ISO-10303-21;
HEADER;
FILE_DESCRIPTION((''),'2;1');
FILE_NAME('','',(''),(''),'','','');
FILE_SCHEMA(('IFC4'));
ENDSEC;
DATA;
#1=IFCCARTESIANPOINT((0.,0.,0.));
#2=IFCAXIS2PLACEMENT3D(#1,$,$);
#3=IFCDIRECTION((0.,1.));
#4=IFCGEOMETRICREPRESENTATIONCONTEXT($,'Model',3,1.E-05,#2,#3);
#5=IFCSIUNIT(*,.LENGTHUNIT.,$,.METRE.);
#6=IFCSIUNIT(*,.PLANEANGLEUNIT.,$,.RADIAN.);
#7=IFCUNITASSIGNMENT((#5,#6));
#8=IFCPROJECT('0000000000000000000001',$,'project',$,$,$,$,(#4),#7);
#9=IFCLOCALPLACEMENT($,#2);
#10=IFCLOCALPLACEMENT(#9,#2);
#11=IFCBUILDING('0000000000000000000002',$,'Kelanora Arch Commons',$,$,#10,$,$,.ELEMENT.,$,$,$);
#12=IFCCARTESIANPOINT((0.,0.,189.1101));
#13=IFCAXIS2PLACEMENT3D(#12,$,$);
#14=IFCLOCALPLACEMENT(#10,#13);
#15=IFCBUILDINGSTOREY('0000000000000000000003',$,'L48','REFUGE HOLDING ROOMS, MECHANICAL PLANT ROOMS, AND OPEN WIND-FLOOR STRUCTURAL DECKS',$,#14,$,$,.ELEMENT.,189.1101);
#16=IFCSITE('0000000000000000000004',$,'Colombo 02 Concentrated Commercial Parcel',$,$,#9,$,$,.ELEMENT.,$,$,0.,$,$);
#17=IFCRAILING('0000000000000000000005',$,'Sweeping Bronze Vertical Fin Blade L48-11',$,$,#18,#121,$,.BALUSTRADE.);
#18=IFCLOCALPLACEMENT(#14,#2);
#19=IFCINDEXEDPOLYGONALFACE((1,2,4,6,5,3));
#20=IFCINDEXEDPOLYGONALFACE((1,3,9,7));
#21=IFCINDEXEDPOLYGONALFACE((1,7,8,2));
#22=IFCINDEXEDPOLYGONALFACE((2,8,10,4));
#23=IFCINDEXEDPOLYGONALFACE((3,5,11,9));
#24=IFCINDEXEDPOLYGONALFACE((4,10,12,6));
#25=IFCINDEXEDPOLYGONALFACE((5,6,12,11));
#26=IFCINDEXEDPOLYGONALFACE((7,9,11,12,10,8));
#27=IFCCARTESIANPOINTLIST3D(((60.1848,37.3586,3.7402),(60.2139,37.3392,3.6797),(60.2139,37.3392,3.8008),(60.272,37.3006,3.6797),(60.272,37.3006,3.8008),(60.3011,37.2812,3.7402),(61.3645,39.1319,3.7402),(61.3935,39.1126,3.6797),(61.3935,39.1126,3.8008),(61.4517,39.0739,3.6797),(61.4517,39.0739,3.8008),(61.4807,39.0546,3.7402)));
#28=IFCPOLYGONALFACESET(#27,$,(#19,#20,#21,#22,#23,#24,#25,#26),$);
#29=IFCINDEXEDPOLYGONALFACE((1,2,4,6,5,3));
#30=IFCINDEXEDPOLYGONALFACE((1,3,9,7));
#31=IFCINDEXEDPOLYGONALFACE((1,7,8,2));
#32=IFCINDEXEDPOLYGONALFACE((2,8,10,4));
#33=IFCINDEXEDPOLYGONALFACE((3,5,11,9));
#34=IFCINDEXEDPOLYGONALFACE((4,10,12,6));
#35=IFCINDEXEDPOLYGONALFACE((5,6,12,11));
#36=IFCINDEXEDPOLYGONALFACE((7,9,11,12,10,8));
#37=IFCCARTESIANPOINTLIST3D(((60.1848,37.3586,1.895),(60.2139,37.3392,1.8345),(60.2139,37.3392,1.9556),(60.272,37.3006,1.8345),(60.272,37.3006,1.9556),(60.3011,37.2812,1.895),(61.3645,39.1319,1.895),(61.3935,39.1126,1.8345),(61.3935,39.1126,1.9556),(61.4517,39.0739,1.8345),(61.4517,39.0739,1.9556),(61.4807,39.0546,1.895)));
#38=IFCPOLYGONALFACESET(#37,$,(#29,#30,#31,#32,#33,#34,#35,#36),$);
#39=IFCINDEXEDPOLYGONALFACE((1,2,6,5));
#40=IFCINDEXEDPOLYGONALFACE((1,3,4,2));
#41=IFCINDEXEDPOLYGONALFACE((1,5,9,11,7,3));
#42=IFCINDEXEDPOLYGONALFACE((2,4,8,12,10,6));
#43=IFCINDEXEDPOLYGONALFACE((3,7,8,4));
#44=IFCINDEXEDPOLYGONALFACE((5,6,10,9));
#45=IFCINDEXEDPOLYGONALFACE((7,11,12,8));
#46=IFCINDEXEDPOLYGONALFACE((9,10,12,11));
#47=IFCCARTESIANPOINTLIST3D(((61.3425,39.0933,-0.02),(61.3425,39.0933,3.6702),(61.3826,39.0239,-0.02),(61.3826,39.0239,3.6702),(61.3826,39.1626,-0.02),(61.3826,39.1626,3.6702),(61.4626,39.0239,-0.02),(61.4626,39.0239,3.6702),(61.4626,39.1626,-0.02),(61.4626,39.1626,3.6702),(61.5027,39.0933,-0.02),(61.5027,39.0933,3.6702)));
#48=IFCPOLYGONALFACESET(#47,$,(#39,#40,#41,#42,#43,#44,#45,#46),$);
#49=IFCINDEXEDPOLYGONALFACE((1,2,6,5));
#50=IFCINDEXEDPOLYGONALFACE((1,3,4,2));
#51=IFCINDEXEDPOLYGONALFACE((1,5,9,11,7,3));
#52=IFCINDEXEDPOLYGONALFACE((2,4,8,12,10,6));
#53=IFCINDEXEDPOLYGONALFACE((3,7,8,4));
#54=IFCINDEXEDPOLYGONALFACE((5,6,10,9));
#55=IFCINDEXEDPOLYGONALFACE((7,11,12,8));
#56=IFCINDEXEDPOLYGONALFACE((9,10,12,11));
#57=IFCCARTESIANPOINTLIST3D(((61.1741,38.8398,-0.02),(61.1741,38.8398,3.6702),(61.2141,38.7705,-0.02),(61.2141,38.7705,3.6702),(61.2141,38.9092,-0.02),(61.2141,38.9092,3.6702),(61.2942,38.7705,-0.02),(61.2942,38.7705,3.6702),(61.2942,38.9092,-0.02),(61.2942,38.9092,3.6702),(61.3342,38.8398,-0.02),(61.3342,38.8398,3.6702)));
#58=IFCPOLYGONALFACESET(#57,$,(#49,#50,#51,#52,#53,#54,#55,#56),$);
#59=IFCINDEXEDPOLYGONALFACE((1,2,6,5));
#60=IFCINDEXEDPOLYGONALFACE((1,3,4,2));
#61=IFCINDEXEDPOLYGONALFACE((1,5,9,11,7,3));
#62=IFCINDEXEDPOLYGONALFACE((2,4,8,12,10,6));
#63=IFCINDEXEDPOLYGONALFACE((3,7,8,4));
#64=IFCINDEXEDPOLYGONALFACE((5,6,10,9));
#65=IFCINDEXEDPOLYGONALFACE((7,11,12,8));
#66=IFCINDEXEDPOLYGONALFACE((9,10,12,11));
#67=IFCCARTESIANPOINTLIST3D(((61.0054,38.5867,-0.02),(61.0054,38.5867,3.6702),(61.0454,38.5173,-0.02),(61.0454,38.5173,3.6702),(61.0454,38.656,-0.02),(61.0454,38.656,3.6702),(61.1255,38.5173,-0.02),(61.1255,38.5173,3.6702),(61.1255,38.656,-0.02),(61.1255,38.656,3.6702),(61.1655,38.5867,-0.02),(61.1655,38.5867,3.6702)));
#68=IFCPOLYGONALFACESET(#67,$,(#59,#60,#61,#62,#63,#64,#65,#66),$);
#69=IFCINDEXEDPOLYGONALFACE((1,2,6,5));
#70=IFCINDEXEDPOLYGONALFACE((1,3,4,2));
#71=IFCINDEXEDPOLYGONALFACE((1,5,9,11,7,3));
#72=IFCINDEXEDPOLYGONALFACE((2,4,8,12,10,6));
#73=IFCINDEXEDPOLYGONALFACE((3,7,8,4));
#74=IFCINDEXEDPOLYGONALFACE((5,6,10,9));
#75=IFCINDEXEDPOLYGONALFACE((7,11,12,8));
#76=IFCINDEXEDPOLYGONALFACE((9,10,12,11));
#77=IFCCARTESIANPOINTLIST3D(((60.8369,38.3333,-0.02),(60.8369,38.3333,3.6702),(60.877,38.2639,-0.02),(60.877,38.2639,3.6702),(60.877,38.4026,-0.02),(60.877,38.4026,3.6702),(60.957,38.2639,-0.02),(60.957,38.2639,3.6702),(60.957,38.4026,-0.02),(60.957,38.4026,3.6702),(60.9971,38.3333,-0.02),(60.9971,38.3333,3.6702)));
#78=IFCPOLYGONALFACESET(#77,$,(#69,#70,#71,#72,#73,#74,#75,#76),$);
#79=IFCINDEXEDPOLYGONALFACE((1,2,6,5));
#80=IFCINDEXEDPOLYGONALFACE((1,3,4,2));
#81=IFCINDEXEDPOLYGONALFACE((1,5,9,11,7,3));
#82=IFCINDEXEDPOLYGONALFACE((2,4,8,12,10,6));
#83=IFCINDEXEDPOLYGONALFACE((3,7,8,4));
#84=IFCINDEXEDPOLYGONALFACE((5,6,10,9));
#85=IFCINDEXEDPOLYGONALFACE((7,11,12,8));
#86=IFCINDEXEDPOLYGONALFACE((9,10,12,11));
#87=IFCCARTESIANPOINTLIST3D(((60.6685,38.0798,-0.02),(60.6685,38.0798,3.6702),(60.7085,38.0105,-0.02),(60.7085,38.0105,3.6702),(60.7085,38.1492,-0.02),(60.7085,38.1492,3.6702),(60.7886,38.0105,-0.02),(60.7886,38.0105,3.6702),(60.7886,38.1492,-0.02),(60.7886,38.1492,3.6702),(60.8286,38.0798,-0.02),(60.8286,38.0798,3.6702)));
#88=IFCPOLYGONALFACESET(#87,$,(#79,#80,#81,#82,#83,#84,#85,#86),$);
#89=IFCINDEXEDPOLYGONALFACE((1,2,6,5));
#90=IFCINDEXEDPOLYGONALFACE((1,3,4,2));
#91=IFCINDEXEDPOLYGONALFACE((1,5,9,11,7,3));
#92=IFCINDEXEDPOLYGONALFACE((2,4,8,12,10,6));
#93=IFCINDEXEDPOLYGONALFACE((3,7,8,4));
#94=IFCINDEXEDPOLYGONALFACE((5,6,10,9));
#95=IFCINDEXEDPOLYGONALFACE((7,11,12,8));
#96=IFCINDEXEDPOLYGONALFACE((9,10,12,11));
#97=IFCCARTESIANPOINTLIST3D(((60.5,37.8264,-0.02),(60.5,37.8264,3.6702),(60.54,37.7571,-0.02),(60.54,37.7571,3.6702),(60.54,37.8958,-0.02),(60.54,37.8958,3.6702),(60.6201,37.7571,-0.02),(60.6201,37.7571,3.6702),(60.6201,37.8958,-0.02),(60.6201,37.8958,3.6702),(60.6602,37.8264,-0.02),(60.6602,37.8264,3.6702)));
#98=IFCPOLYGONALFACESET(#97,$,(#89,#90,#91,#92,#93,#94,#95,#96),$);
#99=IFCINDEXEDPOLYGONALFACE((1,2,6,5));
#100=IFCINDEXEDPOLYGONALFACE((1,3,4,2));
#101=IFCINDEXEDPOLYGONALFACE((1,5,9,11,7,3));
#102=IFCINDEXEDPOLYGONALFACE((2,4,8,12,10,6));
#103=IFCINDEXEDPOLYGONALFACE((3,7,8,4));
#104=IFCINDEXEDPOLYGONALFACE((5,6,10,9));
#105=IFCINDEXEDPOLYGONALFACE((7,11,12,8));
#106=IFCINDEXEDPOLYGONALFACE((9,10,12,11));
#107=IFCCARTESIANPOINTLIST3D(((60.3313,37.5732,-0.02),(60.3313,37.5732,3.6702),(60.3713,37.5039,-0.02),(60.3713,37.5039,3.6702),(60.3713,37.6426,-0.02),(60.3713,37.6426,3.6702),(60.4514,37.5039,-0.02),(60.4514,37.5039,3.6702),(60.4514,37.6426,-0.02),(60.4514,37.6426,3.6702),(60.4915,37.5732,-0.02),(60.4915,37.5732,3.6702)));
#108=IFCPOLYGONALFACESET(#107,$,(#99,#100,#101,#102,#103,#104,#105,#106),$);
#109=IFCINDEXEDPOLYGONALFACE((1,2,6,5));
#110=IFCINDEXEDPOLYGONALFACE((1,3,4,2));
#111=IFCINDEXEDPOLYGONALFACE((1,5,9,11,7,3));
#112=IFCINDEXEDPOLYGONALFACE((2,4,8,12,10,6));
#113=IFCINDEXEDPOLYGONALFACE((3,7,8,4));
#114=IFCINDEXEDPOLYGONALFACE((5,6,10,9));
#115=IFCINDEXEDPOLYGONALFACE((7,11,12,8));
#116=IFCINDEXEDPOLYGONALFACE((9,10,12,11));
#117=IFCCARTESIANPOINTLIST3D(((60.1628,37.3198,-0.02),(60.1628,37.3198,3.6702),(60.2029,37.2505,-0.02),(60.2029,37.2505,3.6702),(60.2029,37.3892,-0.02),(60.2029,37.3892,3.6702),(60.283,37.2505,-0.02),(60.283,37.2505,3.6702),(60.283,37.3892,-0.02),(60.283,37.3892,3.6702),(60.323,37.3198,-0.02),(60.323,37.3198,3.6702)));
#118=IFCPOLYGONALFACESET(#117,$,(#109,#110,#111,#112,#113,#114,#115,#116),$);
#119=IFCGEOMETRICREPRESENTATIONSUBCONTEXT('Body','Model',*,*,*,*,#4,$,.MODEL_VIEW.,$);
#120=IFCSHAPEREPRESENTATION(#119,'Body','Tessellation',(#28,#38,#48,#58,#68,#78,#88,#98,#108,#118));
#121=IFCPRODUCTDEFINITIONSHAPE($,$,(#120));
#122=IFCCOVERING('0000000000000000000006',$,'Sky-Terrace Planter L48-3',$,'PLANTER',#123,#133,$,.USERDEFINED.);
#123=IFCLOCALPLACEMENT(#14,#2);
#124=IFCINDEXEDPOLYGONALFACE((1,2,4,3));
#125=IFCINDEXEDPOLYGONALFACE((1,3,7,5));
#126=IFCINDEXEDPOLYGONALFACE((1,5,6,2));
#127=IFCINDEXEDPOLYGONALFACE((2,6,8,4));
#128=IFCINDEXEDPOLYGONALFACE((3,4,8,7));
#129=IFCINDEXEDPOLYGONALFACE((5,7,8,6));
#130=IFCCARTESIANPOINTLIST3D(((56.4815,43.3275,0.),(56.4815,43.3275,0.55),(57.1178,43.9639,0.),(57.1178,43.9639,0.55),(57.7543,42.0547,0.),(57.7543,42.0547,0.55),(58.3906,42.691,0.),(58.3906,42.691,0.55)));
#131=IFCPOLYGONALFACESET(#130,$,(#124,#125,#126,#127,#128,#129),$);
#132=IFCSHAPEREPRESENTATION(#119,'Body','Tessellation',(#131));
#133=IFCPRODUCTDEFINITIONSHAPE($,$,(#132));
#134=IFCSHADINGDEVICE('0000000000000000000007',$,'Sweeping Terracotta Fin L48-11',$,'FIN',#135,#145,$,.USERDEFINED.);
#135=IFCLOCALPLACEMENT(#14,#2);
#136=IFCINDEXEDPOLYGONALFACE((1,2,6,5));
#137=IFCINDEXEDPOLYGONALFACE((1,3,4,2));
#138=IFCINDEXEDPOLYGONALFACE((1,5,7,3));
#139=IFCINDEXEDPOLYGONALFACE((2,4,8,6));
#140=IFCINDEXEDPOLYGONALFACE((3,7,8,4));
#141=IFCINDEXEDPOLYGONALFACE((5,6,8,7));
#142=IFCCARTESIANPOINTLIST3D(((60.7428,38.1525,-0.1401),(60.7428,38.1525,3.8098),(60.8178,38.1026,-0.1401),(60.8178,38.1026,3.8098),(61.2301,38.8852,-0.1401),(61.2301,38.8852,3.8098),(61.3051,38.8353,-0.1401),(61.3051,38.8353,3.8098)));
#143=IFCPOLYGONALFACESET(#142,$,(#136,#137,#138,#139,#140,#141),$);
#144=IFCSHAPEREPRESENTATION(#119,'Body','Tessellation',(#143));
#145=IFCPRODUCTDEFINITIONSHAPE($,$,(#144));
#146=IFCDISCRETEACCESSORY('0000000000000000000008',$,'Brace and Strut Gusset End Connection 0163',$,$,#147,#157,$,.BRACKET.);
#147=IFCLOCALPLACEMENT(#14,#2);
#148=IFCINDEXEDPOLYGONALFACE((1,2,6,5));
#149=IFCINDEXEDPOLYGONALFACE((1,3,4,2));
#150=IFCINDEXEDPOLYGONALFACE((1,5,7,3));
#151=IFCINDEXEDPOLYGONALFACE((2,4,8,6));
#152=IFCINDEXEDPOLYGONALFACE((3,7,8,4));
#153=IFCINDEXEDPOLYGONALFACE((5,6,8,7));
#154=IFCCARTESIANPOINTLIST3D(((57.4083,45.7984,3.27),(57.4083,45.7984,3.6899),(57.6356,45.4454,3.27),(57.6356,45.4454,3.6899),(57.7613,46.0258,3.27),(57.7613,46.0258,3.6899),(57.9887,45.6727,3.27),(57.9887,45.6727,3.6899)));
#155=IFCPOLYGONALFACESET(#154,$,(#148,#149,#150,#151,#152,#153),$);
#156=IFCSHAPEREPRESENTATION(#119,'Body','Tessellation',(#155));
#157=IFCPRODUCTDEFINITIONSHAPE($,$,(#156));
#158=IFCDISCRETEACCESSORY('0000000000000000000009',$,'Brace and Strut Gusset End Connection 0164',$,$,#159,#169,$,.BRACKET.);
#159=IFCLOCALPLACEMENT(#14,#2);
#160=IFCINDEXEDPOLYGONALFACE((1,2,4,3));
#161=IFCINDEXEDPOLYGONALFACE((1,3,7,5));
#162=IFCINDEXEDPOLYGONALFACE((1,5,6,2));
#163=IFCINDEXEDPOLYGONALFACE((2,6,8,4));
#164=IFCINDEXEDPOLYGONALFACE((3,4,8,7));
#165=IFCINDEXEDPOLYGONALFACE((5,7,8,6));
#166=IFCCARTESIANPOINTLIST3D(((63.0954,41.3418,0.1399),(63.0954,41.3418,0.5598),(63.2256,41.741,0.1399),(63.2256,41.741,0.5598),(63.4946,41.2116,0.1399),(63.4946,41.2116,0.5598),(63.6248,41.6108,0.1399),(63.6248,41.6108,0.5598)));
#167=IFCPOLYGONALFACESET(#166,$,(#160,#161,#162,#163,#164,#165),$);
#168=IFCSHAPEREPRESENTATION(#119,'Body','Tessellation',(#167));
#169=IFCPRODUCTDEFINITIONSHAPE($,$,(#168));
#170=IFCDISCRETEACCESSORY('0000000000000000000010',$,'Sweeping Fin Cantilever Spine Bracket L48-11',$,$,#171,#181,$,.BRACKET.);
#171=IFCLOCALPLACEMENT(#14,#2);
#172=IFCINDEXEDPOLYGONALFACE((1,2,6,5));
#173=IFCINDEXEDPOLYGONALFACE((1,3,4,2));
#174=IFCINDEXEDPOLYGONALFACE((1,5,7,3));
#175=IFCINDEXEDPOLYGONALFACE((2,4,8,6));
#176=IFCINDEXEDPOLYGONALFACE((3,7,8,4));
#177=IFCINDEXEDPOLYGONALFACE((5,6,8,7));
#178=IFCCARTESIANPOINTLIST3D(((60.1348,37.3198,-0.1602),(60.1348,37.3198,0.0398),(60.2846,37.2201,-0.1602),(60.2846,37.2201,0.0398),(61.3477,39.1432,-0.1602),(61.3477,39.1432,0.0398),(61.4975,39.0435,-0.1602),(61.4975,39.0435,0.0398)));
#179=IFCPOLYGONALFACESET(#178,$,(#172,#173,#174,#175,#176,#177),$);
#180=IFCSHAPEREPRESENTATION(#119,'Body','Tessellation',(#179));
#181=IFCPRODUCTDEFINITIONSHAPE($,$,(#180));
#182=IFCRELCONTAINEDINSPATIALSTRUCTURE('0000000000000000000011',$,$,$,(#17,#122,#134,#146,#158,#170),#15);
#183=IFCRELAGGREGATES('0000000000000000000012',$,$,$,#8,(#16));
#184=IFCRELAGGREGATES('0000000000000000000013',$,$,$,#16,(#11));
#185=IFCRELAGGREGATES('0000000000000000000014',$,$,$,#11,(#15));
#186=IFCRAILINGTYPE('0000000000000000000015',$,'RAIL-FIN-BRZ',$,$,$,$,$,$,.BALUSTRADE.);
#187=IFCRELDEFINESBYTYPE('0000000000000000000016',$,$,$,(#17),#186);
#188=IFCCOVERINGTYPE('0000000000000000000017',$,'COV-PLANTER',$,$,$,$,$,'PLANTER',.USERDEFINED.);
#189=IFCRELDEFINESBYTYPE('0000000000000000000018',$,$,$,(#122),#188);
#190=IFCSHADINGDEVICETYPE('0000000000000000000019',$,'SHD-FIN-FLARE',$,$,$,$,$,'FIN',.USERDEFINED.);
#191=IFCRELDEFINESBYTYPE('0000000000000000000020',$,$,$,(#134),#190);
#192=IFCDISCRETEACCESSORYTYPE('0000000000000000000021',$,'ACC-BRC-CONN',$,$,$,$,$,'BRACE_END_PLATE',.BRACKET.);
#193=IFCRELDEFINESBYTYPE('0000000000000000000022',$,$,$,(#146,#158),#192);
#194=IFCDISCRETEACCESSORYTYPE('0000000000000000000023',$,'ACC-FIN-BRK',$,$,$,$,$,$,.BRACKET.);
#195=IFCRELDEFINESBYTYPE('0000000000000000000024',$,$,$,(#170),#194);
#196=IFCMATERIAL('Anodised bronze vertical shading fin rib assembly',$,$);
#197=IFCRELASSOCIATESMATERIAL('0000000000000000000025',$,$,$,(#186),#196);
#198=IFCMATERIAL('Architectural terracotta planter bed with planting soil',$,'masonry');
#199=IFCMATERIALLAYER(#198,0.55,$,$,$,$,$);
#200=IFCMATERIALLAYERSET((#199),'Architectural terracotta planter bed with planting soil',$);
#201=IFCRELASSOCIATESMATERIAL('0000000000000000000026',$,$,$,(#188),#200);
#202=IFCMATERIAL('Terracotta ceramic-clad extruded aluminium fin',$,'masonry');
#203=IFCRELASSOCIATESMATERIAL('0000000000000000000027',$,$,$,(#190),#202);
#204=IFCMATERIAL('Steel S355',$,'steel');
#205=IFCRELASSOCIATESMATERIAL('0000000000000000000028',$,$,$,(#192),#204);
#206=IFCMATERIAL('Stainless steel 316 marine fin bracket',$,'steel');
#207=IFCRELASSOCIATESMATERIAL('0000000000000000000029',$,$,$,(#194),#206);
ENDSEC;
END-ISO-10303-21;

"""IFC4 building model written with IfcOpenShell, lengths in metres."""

from ifc_helpers import new_model, si_unit, direction, frame, origin, origin_2d, place, context, subcontext, project, spatial, polyline, rectangle, outline, extrude, source, transform, mapped, material, layer, layer_set, type_object, element, save


model = new_model("IFC4")

# Units and contexts
model_context = context("Model", 3, precision=1e-05, world=origin(), true_north=direction((0.0, 1.0)))
body_context = subcontext(model_context, "Body", "Model", "MODEL_VIEW")
ifc_project = project(units=[si_unit("LENGTHUNIT", "METRE"), si_unit("PLANEANGLEUNIT", "RADIAN")], contexts=[model_context])

# Site, building, storey
site_placement = place(None, origin())
site = spatial("IfcSite", under=ifc_project, at=site_placement, Name="Colombo 02 Concentrated Commercial Parcel", CompositionType="ELEMENT", RefElevation=0.0)
building_placement = place(site_placement, origin())
building = spatial("IfcBuilding", under=site, at=building_placement, Name="Kelanora Arch Commons", CompositionType="ELEMENT")
storey_placement = place(building_placement, frame((0.0, 0.0, 189.1101)))
storey = spatial("IfcBuildingStorey", under=building, at=storey_placement, Name="L48", Description="REFUGE HOLDING ROOMS, MECHANICAL PLANT ROOMS, AND OPEN WIND-FLOOR STRUCTURAL DECKS", CompositionType="ELEMENT", Elevation=189.1101)

# Shared definitions
ifc_material_1 = material(Name="Steel S355", Category="steel")

# Railing
ifc_material_2 = material(Name="Anodised bronze vertical shading fin rib assembly")
railing_type = type_object("IfcRailingType", Name="RAIL-FIN-BRZ", PredefinedType="BALUSTRADE", material=ifc_material_2)
railing_placement = place(storey_placement, frame((61.4226, 39.0933, -0.02)))
element("IfcRailing", 1, at=railing_placement, inside=storey, type_object=railing_type, Name="Sweeping Bronze Vertical Fin Blade L48-11", PredefinedType="BALUSTRADE", context=body_context, shape_type="SweptSolid", body=[
    extrude(outline(polyline([(0.0698, 0.0), (0.0349, 0.0605), (-0.0349, 0.0605), (-0.0698, 0.0), (-0.0349, -0.0605), (0.0349, -0.0605), (0.0698, 0.0)])), frame((0.0, 0.0, 3.7603), z_axis=(-0.553853, -0.832614, 0.0), x_axis=(0.832614, -0.553853, 0.0)), (0.0, 0.0, 1.0), 2.1299),
    extrude(outline(polyline([(0.0698, 0.0), (0.0349, 0.0605), (-0.0349, 0.0605), (-0.0698, 0.0), (-0.0349, -0.0605), (0.0349, -0.0605), (0.0698, 0.0)])), frame((0.0, 0.0, 1.915), z_axis=(-0.553853, -0.832614, 0.0), x_axis=(0.832614, -0.553853, 0.0)), (0.0, 0.0, 1.0), 2.1299),
    extrude(outline(polyline([(0.0801, 0.0), (0.04, 0.0693), (-0.04, 0.0693), (-0.0801, 0.0), (-0.04, -0.0693), (0.04, -0.0693), (0.0801, 0.0)])), origin(), (0.0, 0.0, 1.0), 3.6902),
    extrude(outline(polyline([(0.0801, 0.0), (0.04, 0.0693), (-0.04, 0.0693), (-0.0801, 0.0), (-0.04, -0.0693), (0.04, -0.0693), (0.0801, 0.0)])), frame((-0.1685, -0.2534, 0.0)), (0.0, 0.0, 1.0), 3.6902),
    extrude(outline(polyline([(0.0801, 0.0), (0.04, 0.0693), (-0.04, 0.0693), (-0.0801, 0.0), (-0.04, -0.0693), (0.04, -0.0693), (0.0801, 0.0)])), frame((-0.3372, -0.5066, 0.0)), (0.0, 0.0, 1.0), 3.6902),
    extrude(outline(polyline([(0.0801, 0.0), (0.04, 0.0693), (-0.04, 0.0693), (-0.0801, 0.0), (-0.04, -0.0693), (0.04, -0.0693), (0.0801, 0.0)])), frame((-0.5056, -0.76, 0.0)), (0.0, 0.0, 1.0), 3.6902),
    extrude(outline(polyline([(0.0801, 0.0), (0.04, 0.0693), (-0.04, 0.0693), (-0.0801, 0.0), (-0.04, -0.0693), (0.04, -0.0693), (0.0801, 0.0)])), frame((-0.6741, -1.0134, 0.0)), (0.0, 0.0, 1.0), 3.6902),
    extrude(outline(polyline([(0.0801, 0.0), (0.04, 0.0693), (-0.04, 0.0693), (-0.0801, 0.0), (-0.04, -0.0693), (0.04, -0.0693), (0.0801, 0.0)])), frame((-0.8425, -1.2668, 0.0)), (0.0, 0.0, 1.0), 3.6902),
    extrude(outline(polyline([(0.0801, 0.0), (0.04, 0.0693), (-0.04, 0.0693), (-0.0801, 0.0), (-0.04, -0.0693), (0.04, -0.0693), (0.0801, 0.0)])), frame((-1.0112, -1.52, 0.0)), (0.0, 0.0, 1.0), 3.6902),
    extrude(outline(polyline([(0.0801, 0.0), (0.04, 0.0693), (-0.04, 0.0693), (-0.0801, 0.0), (-0.04, -0.0693), (0.04, -0.0693), (0.0801, 0.0)])), frame((-1.1797, -1.7734, 0.0)), (0.0, 0.0, 1.0), 3.6902),
])

# Covering
ifc_material_3 = material(Name="Architectural terracotta planter bed with planting soil", Category="masonry")
ifc_layer_1 = layer(ifc_material_3, 0.55)
ifc_layer_set_1 = layer_set([ifc_layer_1], Name="Architectural terracotta planter bed with planting soil")
covering_type = type_object("IfcCoveringType", Name="COV-PLANTER", ElementType="PLANTER", PredefinedType="USERDEFINED", material=ifc_layer_set_1)
shared_shape_1 = source(origin(), body_context, "Body", "SweptSolid", [
    extrude(rectangle(XDim=1.8, YDim=0.8999, at=origin_2d()), origin(), (0.0, 0.0, 1.0), 0.55),
])
covering_placement = place(storey_placement, frame((57.436, 43.0093, 0.0), z_axis=(0.0, 0.0, 1.0), x_axis=(0.707107, -0.707107, 0.0)))
element("IfcCovering", 2, at=covering_placement, inside=storey, type_object=covering_type, Name="Sky-Terrace Planter L48-3", ObjectType="PLANTER", PredefinedType="USERDEFINED", context=body_context, shape_type="MappedRepresentation", body=[
    mapped(shared_shape_1, transform((0.0, 0.0, 0.0), scale=1.0)),
])

# Shading device
ifc_material_4 = material(Name="Terracotta ceramic-clad extruded aluminium fin", Category="masonry")
shading_device_type = type_object("IfcShadingDeviceType", Name="SHD-FIN-FLARE", ElementType="FIN", PredefinedType="USERDEFINED", material=ifc_material_4)
shared_shape_2 = source(origin(), body_context, "Body", "SweptSolid", [
    extrude(rectangle(XDim=0.8799, YDim=0.0901, at=origin_2d()), origin(), (0.0, 0.0, 1.0), 3.95),
])
shading_device_placement = place(storey_placement, frame((61.0239, 38.4939, -0.1401), z_axis=(0.0, 0.0, 1.0), x_axis=(-0.553828, -0.832631, 0.0)))
element("IfcShadingDevice", 3, at=shading_device_placement, inside=storey, type_object=shading_device_type, Name="Sweeping Terracotta Fin L48-11", ObjectType="FIN", PredefinedType="USERDEFINED", context=body_context, shape_type="MappedRepresentation", body=[
    mapped(shared_shape_2, transform((0.0, 0.0, 0.0), scale=1.0)),
])

# Discrete accessories
discrete_accessory_type_1 = type_object("IfcDiscreteAccessoryType", Name="ACC-BRC-CONN", ElementType="BRACE_END_PLATE", PredefinedType="BRACKET", material=ifc_material_1)
shared_shape_3 = source(origin(), body_context, "Body", "SweptSolid", [
    extrude(rectangle(XDim=0.4199, YDim=0.4199, at=origin_2d()), origin(), (0.0, 0.0, 1.0), 0.4199),
])
for number, where, z_axis, x_axis, name in (
    (4, (57.6985, 45.7356, 3.27), (0.0, 0.0, 1.0), (0.541415, -0.840756, 0.0), "Brace and Strut Gusset End Connection 0163"),
    (5, (63.3601, 41.4763, 0.1399), (0.0, 0.0, 1.0), (0.950678, -0.310179, 0.0), "Brace and Strut Gusset End Connection 0164"),
):
    element("IfcDiscreteAccessory", number, at=place(storey_placement, frame(where, z_axis=z_axis, x_axis=x_axis)), inside=storey, type_object=discrete_accessory_type_1, Name=name, PredefinedType="BRACKET", context=body_context, shape_type="MappedRepresentation", body=[
        mapped(shared_shape_3, transform((0.0, 0.0, 0.0), scale=1.0)),
    ])
ifc_material_5 = material(Name="Stainless steel 316 marine fin bracket", Category="steel")
discrete_accessory_type_2 = type_object("IfcDiscreteAccessoryType", Name="ACC-FIN-BRK", PredefinedType="BRACKET", material=ifc_material_5)
shared_shape_4 = source(origin(), body_context, "Body", "SweptSolid", [
    extrude(rectangle(XDim=2.1899, YDim=0.1799, at=origin_2d()), origin(), (0.0, 0.0, 1.0), 0.2),
])
discrete_accessory_placement = place(storey_placement, frame((60.8162, 38.1816, -0.1602), z_axis=(0.0, 0.0, 1.0), x_axis=(-0.553828, -0.832631, 0.0)))
element("IfcDiscreteAccessory", 6, at=discrete_accessory_placement, inside=storey, type_object=discrete_accessory_type_2, Name="Sweeping Fin Cantilever Spine Bracket L48-11", PredefinedType="BRACKET", context=body_context, shape_type="MappedRepresentation", body=[
    mapped(shared_shape_4, transform((0.0, 0.0, 0.0), scale=1.0)),
])

save(model, "model.ifc")
